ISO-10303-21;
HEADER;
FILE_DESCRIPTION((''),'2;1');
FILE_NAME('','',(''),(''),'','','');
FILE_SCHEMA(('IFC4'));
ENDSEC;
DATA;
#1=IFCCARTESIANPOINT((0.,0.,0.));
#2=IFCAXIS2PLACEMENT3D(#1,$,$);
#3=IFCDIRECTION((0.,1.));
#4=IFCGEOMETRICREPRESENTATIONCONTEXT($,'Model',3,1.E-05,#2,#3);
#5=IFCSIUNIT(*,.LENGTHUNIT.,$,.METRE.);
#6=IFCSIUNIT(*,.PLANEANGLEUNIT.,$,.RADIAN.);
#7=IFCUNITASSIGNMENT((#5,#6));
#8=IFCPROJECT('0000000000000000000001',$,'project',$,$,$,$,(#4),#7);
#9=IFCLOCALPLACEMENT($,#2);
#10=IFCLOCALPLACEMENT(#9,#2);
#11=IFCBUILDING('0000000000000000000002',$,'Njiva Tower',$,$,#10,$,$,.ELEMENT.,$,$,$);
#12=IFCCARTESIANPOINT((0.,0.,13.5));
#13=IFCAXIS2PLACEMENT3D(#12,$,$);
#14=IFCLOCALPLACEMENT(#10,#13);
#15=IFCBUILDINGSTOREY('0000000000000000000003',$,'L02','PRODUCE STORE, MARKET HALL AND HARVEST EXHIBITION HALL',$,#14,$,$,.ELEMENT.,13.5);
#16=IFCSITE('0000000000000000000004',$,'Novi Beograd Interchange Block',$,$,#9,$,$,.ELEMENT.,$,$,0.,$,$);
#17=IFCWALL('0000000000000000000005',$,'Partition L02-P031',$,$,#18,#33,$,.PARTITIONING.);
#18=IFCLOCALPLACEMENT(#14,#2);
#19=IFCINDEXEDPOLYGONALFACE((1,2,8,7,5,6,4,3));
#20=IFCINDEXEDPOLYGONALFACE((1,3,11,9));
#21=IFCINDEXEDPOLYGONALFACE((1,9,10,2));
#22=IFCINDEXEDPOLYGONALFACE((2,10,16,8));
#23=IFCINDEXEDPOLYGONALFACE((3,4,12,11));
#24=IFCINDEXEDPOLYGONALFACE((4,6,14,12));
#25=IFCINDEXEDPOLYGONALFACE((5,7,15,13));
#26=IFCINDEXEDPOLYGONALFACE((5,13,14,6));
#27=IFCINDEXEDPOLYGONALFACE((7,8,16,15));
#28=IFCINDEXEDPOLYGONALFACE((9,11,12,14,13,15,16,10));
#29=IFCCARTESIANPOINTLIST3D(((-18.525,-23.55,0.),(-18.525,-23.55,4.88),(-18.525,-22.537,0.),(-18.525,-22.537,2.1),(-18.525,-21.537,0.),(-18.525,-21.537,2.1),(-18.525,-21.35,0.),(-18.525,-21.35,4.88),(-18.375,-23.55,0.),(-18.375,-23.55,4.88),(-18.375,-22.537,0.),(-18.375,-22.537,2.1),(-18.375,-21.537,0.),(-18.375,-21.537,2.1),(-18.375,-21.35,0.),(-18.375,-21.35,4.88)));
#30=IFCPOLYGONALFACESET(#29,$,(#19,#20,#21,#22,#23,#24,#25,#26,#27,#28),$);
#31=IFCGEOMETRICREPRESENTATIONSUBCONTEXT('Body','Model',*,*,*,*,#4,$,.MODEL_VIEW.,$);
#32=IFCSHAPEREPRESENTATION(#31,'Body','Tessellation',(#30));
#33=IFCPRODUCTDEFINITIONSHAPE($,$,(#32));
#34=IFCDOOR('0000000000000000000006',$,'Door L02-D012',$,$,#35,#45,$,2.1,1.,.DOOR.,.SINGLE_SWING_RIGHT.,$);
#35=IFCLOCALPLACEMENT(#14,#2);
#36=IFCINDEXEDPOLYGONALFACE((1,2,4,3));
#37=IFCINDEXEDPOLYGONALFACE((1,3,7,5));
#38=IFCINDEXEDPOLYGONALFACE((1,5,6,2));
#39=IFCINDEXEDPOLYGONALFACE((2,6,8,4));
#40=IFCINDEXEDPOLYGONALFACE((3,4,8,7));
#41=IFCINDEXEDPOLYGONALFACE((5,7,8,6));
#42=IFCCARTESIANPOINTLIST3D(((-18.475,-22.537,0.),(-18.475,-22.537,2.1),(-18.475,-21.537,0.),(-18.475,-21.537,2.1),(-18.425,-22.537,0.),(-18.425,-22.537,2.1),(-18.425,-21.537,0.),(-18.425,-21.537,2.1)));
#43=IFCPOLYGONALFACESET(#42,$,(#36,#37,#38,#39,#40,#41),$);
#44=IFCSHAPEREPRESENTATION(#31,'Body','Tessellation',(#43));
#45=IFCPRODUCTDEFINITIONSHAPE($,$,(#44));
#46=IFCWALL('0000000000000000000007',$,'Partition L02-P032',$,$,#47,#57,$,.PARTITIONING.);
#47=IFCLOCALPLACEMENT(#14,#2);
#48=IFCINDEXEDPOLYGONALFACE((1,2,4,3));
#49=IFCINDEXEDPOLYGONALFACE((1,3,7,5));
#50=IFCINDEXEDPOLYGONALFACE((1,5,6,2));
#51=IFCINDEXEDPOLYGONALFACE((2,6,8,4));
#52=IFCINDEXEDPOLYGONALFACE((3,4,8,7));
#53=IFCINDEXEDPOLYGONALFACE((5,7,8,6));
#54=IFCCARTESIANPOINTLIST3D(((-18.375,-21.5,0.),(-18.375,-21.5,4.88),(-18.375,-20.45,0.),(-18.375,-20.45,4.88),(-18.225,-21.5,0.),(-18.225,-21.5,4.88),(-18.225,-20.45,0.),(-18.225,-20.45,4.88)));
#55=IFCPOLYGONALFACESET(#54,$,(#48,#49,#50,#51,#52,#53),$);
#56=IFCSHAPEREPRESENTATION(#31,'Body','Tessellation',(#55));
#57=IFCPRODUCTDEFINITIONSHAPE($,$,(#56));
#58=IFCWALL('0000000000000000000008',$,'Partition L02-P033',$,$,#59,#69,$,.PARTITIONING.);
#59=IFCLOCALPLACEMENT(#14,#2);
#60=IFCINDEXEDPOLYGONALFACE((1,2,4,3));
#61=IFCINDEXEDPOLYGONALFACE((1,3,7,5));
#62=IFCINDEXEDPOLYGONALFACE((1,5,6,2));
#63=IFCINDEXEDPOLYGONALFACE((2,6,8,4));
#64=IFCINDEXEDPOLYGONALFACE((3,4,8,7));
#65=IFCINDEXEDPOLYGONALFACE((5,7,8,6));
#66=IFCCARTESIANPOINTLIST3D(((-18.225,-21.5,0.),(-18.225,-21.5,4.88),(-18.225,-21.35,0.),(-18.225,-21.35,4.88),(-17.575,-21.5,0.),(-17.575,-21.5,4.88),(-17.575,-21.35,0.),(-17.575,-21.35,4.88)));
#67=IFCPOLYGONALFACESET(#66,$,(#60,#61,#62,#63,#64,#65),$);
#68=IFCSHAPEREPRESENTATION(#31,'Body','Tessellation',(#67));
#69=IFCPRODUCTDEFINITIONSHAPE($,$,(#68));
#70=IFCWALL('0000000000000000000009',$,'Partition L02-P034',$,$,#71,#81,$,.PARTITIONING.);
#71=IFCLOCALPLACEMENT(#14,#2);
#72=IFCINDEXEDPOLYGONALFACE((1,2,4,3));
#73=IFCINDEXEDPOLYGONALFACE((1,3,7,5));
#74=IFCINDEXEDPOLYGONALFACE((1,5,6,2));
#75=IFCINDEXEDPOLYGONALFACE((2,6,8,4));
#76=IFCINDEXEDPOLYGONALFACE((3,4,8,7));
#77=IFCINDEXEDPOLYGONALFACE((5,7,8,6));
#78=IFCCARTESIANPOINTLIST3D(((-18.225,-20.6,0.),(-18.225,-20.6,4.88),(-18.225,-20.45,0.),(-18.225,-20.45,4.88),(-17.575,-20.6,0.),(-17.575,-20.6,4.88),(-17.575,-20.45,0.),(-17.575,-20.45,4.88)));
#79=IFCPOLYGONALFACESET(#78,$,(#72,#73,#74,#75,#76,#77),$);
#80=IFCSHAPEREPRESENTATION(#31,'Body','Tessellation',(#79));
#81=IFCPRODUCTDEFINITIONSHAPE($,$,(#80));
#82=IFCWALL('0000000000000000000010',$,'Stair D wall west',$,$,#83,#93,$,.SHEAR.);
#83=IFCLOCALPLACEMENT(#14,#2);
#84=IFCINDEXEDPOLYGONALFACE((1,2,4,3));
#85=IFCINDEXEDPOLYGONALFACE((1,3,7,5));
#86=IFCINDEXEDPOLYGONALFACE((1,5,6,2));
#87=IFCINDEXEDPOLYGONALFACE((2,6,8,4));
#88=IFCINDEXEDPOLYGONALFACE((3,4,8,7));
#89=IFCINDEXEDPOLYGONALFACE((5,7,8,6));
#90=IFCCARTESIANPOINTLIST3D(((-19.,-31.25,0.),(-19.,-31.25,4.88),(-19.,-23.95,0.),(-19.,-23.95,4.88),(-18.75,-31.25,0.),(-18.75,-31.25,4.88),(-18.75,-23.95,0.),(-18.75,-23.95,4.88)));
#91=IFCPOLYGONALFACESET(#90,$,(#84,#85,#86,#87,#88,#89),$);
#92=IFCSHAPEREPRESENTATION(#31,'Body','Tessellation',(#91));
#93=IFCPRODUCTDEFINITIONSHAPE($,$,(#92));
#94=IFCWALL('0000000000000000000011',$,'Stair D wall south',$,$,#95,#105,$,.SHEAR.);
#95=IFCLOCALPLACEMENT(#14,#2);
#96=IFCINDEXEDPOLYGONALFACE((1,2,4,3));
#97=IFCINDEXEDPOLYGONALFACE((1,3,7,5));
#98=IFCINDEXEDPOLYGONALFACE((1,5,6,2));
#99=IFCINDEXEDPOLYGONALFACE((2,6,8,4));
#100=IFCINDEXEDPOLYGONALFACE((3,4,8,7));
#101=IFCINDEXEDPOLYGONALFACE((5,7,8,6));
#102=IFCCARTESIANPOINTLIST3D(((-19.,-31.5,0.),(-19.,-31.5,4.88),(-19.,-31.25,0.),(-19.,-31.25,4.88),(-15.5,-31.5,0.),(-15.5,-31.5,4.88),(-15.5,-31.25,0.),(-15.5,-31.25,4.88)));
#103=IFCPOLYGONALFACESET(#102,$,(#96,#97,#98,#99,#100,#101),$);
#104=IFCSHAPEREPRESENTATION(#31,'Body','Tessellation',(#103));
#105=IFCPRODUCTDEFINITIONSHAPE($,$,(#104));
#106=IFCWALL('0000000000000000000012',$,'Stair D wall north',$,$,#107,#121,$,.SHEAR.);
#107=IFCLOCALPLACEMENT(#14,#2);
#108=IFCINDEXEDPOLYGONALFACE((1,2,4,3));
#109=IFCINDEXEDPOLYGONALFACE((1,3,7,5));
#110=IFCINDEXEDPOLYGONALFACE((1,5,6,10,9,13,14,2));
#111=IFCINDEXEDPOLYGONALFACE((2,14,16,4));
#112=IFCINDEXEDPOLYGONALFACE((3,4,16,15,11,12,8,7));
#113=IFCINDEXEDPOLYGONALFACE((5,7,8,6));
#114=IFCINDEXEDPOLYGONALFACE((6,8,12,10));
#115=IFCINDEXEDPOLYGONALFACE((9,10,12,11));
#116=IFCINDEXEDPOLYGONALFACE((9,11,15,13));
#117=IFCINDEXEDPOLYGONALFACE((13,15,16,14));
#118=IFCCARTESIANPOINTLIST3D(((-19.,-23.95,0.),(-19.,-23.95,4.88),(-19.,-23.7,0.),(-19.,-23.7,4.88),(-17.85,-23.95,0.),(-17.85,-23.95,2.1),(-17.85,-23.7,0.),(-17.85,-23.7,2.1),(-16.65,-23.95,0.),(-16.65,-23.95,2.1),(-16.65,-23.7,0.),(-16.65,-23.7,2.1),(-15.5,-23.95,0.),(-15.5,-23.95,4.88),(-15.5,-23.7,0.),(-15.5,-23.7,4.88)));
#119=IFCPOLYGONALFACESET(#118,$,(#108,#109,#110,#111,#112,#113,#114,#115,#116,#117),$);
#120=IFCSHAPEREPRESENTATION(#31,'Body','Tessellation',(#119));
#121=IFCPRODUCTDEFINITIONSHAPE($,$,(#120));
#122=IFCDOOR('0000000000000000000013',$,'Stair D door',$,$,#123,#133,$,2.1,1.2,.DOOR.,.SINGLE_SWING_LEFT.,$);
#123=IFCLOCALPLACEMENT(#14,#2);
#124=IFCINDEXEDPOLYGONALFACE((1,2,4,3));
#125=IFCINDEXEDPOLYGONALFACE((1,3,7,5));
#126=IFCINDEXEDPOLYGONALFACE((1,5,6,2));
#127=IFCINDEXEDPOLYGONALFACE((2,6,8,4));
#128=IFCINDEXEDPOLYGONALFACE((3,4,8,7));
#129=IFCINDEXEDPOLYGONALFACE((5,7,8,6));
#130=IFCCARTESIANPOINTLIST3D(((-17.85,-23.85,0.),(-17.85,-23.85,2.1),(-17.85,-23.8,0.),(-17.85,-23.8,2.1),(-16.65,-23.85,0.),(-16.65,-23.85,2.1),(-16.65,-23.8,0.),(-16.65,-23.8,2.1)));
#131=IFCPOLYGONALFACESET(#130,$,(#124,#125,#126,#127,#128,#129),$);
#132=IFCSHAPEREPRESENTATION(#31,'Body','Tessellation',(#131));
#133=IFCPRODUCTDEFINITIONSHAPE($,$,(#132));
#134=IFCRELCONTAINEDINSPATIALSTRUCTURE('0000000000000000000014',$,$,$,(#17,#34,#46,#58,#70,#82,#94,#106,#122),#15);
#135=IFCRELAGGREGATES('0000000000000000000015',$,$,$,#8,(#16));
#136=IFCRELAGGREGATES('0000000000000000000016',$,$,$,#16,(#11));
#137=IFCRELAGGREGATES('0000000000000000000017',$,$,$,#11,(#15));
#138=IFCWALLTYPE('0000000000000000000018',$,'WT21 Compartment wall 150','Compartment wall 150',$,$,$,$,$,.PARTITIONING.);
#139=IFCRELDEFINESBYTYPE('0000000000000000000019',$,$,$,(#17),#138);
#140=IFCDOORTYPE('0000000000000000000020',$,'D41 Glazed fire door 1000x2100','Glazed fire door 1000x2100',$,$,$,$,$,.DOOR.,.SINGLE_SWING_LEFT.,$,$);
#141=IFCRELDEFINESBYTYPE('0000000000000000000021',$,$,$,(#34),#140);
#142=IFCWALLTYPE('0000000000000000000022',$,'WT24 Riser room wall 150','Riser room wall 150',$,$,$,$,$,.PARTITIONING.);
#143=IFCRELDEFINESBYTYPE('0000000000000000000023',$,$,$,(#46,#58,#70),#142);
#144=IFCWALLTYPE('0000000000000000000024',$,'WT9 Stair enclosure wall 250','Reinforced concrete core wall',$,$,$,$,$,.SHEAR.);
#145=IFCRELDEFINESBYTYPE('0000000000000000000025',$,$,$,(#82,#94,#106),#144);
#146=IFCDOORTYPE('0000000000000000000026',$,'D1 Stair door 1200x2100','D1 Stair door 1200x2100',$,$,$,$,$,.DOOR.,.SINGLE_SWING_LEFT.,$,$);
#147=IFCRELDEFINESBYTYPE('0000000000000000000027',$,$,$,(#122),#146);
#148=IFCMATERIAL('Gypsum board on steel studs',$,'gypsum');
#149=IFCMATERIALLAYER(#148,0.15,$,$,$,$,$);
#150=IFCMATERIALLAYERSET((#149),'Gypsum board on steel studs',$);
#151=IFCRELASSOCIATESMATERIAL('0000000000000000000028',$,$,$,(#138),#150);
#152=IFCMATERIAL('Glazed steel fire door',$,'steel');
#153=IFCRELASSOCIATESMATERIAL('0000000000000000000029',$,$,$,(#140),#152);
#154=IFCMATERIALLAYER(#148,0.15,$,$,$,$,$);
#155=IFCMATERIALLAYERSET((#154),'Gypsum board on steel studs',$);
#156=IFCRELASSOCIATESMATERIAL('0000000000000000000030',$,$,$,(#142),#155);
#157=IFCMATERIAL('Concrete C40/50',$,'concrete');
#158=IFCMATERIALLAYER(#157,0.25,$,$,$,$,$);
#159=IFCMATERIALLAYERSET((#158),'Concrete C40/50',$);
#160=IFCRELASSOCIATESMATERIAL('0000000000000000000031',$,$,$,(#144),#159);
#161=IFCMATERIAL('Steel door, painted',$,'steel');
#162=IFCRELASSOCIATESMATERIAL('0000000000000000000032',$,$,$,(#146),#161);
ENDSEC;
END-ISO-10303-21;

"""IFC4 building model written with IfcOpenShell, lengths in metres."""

from ifc_helpers import new_model, si_unit, direction, frame, frame_2d, origin, place, context, subcontext, project, spatial, rectangle, extrude, material, layer, layer_set, type_object, element, fill, save


model = new_model("IFC4")

# Units and contexts
model_context = context("Model", 3, precision=1e-05, world=origin(), true_north=direction((0.0, 1.0)))
body_context = subcontext(model_context, "Body", "Model", "MODEL_VIEW")
ifc_project = project(units=[si_unit("LENGTHUNIT", "METRE"), si_unit("PLANEANGLEUNIT", "RADIAN")], contexts=[model_context])

# Site, building, storey
site_placement = place(None, origin())
site = spatial("IfcSite", under=ifc_project, at=site_placement, Name="Novi Beograd Interchange Block", CompositionType="ELEMENT", RefElevation=0.0)
building_placement = place(site_placement, origin())
building = spatial("IfcBuilding", under=site, at=building_placement, Name="Njiva Tower", CompositionType="ELEMENT")
storey_placement = place(building_placement, frame((0.0, 0.0, 13.5)))
storey = spatial("IfcBuildingStorey", under=building, at=storey_placement, Name="L02", Description="PRODUCE STORE, MARKET HALL AND HARVEST EXHIBITION HALL", CompositionType="ELEMENT", Elevation=13.5)

# Shared definitions
ifc_material_1 = material(Name="Gypsum board on steel studs", Category="gypsum")
ifc_layer_1 = layer(ifc_material_1, 0.15)
ifc_layer_set_1 = layer_set([ifc_layer_1], Name="Gypsum board on steel studs")
wall_type_1 = type_object("IfcWallType", Name="WT21 Compartment wall 150", Description="Compartment wall 150", PredefinedType="PARTITIONING", material=ifc_layer_set_1)

# Wall, opening, door
wall_1_placement = place(storey_placement, frame((-18.45, -23.55, 0.0), z_axis=(0.0, 0.0, 1.0), x_axis=(0.0, 1.0, 0.0)))
wall_1 = element("IfcWall", 1, at=wall_1_placement, inside=storey, type_object=wall_type_1, Name="Partition L02-P031", PredefinedType="PARTITIONING", context=body_context, shape_type="SweptSolid", body=[
    extrude(rectangle(XDim=2.2, YDim=0.15, at=frame_2d((1.1, 0.0))), origin(), (0.0, 0.0, 1.0), 4.88),
])
opening_1_placement = place(wall_1_placement, frame((1.013, 0.0, 0.0)))
opening_1 = element("IfcOpeningElement", 2, at=opening_1_placement, cuts=wall_1, PredefinedType="OPENING", context=body_context, shape_type="SweptSolid", body=[
    extrude(rectangle(XDim=1.0, YDim=2.1, at=frame_2d((0.5, 1.05))), frame((0.0, 0.085, 0.0), z_axis=(0.0, -1.0, 0.0), x_axis=(1.0, 0.0, 0.0)), (0.0, 0.0, 1.0), 0.17),
])
ifc_material_2 = material(Name="Glazed steel fire door", Category="steel")
door_type_1 = type_object("IfcDoorType", Name="D41 Glazed fire door 1000x2100", Description="Glazed fire door 1000x2100", OperationType="SINGLE_SWING_LEFT", PredefinedType="DOOR", material=ifc_material_2)
door_1_placement = place(opening_1_placement, origin())
door_1 = element("IfcDoor", 3, at=door_1_placement, inside=storey, type_object=door_type_1, Name="Door L02-D012", OperationType="SINGLE_SWING_RIGHT", OverallHeight=2.1, OverallWidth=1.0, PredefinedType="DOOR", context=body_context, shape_type="SweptSolid", body=[
    extrude(rectangle(XDim=1.0, YDim=2.1, at=frame_2d((0.5, 1.05))), frame((0.0, 0.025, 0.0), z_axis=(0.0, -1.0, 0.0), x_axis=(1.0, 0.0, 0.0)), (0.0, 0.0, 1.0), 0.05),
])
fill(opening_1, door_1)

# Walls
ifc_layer_2 = layer(ifc_material_1, 0.15)
ifc_layer_set_2 = layer_set([ifc_layer_2], Name="Gypsum board on steel studs")
wall_type_2 = type_object("IfcWallType", Name="WT24 Riser room wall 150", Description="Riser room wall 150", PredefinedType="PARTITIONING", material=ifc_layer_set_2)
wall_2_placement = place(storey_placement, frame((-18.3, -21.5, 0.0), z_axis=(0.0, 0.0, 1.0), x_axis=(0.0, 1.0, 0.0)))
element("IfcWall", 4, at=wall_2_placement, inside=storey, type_object=wall_type_2, Name="Partition L02-P032", PredefinedType="PARTITIONING", context=body_context, shape_type="SweptSolid", body=[
    extrude(rectangle(XDim=1.05, YDim=0.15, at=frame_2d((0.525, 0.0))), origin(), (0.0, 0.0, 1.0), 4.88),
])
for number, where, z_axis, x_axis, name in (
    (5, (-18.225, -21.425, 0.0), (0.0, 0.0, 1.0), (1.0, 0.0, 0.0), "Partition L02-P033"),
    (6, (-18.225, -20.525, 0.0), (0.0, 0.0, 1.0), (1.0, 0.0, 0.0), "Partition L02-P034"),
):
    element("IfcWall", number, at=place(storey_placement, frame(where, z_axis=z_axis, x_axis=x_axis)), inside=storey, type_object=wall_type_2, Name=name, PredefinedType="PARTITIONING", context=body_context, shape_type="SweptSolid", body=[
        extrude(rectangle(XDim=0.65, YDim=0.15, at=frame_2d((0.325, 0.0))), origin(), (0.0, 0.0, 1.0), 4.88),
    ])
ifc_material_3 = material(Name="Concrete C40/50", Category="concrete")
ifc_layer_3 = layer(ifc_material_3, 0.25)
ifc_layer_set_3 = layer_set([ifc_layer_3], Name="Concrete C40/50")
wall_type_3 = type_object("IfcWallType", Name="WT9 Stair enclosure wall 250", Description="Reinforced concrete core wall", PredefinedType="SHEAR", material=ifc_layer_set_3)
wall_3_placement = place(storey_placement, frame((-18.875, -31.25, 0.0), z_axis=(0.0, 0.0, 1.0), x_axis=(0.0, 1.0, 0.0)))
element("IfcWall", 7, at=wall_3_placement, inside=storey, type_object=wall_type_3, Name="Stair D wall west", PredefinedType="SHEAR", context=body_context, shape_type="SweptSolid", body=[
    extrude(rectangle(XDim=7.3, YDim=0.25, at=frame_2d((3.65, 0.0))), origin(), (0.0, 0.0, 1.0), 4.88),
])
wall_4_placement = place(storey_placement, frame((-19.0, -31.375, 0.0), z_axis=(0.0, 0.0, 1.0), x_axis=(1.0, 0.0, 0.0)))
element("IfcWall", 8, at=wall_4_placement, inside=storey, type_object=wall_type_3, Name="Stair D wall south", PredefinedType="SHEAR", context=body_context, shape_type="SweptSolid", body=[
    extrude(rectangle(XDim=3.5, YDim=0.25, at=frame_2d((1.75, 0.0))), origin(), (0.0, 0.0, 1.0), 4.88),
])

# Wall, opening, door
wall_5_placement = place(storey_placement, frame((-19.0, -23.825, 0.0), z_axis=(0.0, 0.0, 1.0), x_axis=(1.0, 0.0, 0.0)))
wall_5 = element("IfcWall", 9, at=wall_5_placement, inside=storey, type_object=wall_type_3, Name="Stair D wall north", PredefinedType="SHEAR", context=body_context, shape_type="SweptSolid", body=[
    extrude(rectangle(XDim=3.5, YDim=0.25, at=frame_2d((1.75, 0.0))), origin(), (0.0, 0.0, 1.0), 4.88),
])
opening_2_placement = place(wall_5_placement, frame((1.15, 0.0, 0.0)))
opening_2 = element("IfcOpeningElement", 10, at=opening_2_placement, cuts=wall_5, PredefinedType="OPENING", context=body_context, shape_type="SweptSolid", body=[
    extrude(rectangle(XDim=1.2, YDim=2.1, at=frame_2d((0.6, 1.05))), frame((0.0, 0.135, 0.0), z_axis=(0.0, -1.0, 0.0), x_axis=(1.0, 0.0, 0.0)), (0.0, 0.0, 1.0), 0.27),
])
ifc_material_4 = material(Name="Steel door, painted", Category="steel")
door_type_2 = type_object("IfcDoorType", Name="D1 Stair door 1200x2100", Description="D1 Stair door 1200x2100", OperationType="SINGLE_SWING_LEFT", PredefinedType="DOOR", material=ifc_material_4)
door_2_placement = place(opening_2_placement, origin())
door_2 = element("IfcDoor", 11, at=door_2_placement, inside=storey, type_object=door_type_2, Name="Stair D door", OperationType="SINGLE_SWING_LEFT", OverallHeight=2.1, OverallWidth=1.2, PredefinedType="DOOR", context=body_context, shape_type="SweptSolid", body=[
    extrude(rectangle(XDim=1.2, YDim=2.1, at=frame_2d((0.6, 1.05))), frame((0.0, 0.025, 0.0), z_axis=(0.0, -1.0, 0.0), x_axis=(1.0, 0.0, 0.0)), (0.0, 0.0, 1.0), 0.05),
])
fill(opening_2, door_2)

save(model, "model.ifc")
